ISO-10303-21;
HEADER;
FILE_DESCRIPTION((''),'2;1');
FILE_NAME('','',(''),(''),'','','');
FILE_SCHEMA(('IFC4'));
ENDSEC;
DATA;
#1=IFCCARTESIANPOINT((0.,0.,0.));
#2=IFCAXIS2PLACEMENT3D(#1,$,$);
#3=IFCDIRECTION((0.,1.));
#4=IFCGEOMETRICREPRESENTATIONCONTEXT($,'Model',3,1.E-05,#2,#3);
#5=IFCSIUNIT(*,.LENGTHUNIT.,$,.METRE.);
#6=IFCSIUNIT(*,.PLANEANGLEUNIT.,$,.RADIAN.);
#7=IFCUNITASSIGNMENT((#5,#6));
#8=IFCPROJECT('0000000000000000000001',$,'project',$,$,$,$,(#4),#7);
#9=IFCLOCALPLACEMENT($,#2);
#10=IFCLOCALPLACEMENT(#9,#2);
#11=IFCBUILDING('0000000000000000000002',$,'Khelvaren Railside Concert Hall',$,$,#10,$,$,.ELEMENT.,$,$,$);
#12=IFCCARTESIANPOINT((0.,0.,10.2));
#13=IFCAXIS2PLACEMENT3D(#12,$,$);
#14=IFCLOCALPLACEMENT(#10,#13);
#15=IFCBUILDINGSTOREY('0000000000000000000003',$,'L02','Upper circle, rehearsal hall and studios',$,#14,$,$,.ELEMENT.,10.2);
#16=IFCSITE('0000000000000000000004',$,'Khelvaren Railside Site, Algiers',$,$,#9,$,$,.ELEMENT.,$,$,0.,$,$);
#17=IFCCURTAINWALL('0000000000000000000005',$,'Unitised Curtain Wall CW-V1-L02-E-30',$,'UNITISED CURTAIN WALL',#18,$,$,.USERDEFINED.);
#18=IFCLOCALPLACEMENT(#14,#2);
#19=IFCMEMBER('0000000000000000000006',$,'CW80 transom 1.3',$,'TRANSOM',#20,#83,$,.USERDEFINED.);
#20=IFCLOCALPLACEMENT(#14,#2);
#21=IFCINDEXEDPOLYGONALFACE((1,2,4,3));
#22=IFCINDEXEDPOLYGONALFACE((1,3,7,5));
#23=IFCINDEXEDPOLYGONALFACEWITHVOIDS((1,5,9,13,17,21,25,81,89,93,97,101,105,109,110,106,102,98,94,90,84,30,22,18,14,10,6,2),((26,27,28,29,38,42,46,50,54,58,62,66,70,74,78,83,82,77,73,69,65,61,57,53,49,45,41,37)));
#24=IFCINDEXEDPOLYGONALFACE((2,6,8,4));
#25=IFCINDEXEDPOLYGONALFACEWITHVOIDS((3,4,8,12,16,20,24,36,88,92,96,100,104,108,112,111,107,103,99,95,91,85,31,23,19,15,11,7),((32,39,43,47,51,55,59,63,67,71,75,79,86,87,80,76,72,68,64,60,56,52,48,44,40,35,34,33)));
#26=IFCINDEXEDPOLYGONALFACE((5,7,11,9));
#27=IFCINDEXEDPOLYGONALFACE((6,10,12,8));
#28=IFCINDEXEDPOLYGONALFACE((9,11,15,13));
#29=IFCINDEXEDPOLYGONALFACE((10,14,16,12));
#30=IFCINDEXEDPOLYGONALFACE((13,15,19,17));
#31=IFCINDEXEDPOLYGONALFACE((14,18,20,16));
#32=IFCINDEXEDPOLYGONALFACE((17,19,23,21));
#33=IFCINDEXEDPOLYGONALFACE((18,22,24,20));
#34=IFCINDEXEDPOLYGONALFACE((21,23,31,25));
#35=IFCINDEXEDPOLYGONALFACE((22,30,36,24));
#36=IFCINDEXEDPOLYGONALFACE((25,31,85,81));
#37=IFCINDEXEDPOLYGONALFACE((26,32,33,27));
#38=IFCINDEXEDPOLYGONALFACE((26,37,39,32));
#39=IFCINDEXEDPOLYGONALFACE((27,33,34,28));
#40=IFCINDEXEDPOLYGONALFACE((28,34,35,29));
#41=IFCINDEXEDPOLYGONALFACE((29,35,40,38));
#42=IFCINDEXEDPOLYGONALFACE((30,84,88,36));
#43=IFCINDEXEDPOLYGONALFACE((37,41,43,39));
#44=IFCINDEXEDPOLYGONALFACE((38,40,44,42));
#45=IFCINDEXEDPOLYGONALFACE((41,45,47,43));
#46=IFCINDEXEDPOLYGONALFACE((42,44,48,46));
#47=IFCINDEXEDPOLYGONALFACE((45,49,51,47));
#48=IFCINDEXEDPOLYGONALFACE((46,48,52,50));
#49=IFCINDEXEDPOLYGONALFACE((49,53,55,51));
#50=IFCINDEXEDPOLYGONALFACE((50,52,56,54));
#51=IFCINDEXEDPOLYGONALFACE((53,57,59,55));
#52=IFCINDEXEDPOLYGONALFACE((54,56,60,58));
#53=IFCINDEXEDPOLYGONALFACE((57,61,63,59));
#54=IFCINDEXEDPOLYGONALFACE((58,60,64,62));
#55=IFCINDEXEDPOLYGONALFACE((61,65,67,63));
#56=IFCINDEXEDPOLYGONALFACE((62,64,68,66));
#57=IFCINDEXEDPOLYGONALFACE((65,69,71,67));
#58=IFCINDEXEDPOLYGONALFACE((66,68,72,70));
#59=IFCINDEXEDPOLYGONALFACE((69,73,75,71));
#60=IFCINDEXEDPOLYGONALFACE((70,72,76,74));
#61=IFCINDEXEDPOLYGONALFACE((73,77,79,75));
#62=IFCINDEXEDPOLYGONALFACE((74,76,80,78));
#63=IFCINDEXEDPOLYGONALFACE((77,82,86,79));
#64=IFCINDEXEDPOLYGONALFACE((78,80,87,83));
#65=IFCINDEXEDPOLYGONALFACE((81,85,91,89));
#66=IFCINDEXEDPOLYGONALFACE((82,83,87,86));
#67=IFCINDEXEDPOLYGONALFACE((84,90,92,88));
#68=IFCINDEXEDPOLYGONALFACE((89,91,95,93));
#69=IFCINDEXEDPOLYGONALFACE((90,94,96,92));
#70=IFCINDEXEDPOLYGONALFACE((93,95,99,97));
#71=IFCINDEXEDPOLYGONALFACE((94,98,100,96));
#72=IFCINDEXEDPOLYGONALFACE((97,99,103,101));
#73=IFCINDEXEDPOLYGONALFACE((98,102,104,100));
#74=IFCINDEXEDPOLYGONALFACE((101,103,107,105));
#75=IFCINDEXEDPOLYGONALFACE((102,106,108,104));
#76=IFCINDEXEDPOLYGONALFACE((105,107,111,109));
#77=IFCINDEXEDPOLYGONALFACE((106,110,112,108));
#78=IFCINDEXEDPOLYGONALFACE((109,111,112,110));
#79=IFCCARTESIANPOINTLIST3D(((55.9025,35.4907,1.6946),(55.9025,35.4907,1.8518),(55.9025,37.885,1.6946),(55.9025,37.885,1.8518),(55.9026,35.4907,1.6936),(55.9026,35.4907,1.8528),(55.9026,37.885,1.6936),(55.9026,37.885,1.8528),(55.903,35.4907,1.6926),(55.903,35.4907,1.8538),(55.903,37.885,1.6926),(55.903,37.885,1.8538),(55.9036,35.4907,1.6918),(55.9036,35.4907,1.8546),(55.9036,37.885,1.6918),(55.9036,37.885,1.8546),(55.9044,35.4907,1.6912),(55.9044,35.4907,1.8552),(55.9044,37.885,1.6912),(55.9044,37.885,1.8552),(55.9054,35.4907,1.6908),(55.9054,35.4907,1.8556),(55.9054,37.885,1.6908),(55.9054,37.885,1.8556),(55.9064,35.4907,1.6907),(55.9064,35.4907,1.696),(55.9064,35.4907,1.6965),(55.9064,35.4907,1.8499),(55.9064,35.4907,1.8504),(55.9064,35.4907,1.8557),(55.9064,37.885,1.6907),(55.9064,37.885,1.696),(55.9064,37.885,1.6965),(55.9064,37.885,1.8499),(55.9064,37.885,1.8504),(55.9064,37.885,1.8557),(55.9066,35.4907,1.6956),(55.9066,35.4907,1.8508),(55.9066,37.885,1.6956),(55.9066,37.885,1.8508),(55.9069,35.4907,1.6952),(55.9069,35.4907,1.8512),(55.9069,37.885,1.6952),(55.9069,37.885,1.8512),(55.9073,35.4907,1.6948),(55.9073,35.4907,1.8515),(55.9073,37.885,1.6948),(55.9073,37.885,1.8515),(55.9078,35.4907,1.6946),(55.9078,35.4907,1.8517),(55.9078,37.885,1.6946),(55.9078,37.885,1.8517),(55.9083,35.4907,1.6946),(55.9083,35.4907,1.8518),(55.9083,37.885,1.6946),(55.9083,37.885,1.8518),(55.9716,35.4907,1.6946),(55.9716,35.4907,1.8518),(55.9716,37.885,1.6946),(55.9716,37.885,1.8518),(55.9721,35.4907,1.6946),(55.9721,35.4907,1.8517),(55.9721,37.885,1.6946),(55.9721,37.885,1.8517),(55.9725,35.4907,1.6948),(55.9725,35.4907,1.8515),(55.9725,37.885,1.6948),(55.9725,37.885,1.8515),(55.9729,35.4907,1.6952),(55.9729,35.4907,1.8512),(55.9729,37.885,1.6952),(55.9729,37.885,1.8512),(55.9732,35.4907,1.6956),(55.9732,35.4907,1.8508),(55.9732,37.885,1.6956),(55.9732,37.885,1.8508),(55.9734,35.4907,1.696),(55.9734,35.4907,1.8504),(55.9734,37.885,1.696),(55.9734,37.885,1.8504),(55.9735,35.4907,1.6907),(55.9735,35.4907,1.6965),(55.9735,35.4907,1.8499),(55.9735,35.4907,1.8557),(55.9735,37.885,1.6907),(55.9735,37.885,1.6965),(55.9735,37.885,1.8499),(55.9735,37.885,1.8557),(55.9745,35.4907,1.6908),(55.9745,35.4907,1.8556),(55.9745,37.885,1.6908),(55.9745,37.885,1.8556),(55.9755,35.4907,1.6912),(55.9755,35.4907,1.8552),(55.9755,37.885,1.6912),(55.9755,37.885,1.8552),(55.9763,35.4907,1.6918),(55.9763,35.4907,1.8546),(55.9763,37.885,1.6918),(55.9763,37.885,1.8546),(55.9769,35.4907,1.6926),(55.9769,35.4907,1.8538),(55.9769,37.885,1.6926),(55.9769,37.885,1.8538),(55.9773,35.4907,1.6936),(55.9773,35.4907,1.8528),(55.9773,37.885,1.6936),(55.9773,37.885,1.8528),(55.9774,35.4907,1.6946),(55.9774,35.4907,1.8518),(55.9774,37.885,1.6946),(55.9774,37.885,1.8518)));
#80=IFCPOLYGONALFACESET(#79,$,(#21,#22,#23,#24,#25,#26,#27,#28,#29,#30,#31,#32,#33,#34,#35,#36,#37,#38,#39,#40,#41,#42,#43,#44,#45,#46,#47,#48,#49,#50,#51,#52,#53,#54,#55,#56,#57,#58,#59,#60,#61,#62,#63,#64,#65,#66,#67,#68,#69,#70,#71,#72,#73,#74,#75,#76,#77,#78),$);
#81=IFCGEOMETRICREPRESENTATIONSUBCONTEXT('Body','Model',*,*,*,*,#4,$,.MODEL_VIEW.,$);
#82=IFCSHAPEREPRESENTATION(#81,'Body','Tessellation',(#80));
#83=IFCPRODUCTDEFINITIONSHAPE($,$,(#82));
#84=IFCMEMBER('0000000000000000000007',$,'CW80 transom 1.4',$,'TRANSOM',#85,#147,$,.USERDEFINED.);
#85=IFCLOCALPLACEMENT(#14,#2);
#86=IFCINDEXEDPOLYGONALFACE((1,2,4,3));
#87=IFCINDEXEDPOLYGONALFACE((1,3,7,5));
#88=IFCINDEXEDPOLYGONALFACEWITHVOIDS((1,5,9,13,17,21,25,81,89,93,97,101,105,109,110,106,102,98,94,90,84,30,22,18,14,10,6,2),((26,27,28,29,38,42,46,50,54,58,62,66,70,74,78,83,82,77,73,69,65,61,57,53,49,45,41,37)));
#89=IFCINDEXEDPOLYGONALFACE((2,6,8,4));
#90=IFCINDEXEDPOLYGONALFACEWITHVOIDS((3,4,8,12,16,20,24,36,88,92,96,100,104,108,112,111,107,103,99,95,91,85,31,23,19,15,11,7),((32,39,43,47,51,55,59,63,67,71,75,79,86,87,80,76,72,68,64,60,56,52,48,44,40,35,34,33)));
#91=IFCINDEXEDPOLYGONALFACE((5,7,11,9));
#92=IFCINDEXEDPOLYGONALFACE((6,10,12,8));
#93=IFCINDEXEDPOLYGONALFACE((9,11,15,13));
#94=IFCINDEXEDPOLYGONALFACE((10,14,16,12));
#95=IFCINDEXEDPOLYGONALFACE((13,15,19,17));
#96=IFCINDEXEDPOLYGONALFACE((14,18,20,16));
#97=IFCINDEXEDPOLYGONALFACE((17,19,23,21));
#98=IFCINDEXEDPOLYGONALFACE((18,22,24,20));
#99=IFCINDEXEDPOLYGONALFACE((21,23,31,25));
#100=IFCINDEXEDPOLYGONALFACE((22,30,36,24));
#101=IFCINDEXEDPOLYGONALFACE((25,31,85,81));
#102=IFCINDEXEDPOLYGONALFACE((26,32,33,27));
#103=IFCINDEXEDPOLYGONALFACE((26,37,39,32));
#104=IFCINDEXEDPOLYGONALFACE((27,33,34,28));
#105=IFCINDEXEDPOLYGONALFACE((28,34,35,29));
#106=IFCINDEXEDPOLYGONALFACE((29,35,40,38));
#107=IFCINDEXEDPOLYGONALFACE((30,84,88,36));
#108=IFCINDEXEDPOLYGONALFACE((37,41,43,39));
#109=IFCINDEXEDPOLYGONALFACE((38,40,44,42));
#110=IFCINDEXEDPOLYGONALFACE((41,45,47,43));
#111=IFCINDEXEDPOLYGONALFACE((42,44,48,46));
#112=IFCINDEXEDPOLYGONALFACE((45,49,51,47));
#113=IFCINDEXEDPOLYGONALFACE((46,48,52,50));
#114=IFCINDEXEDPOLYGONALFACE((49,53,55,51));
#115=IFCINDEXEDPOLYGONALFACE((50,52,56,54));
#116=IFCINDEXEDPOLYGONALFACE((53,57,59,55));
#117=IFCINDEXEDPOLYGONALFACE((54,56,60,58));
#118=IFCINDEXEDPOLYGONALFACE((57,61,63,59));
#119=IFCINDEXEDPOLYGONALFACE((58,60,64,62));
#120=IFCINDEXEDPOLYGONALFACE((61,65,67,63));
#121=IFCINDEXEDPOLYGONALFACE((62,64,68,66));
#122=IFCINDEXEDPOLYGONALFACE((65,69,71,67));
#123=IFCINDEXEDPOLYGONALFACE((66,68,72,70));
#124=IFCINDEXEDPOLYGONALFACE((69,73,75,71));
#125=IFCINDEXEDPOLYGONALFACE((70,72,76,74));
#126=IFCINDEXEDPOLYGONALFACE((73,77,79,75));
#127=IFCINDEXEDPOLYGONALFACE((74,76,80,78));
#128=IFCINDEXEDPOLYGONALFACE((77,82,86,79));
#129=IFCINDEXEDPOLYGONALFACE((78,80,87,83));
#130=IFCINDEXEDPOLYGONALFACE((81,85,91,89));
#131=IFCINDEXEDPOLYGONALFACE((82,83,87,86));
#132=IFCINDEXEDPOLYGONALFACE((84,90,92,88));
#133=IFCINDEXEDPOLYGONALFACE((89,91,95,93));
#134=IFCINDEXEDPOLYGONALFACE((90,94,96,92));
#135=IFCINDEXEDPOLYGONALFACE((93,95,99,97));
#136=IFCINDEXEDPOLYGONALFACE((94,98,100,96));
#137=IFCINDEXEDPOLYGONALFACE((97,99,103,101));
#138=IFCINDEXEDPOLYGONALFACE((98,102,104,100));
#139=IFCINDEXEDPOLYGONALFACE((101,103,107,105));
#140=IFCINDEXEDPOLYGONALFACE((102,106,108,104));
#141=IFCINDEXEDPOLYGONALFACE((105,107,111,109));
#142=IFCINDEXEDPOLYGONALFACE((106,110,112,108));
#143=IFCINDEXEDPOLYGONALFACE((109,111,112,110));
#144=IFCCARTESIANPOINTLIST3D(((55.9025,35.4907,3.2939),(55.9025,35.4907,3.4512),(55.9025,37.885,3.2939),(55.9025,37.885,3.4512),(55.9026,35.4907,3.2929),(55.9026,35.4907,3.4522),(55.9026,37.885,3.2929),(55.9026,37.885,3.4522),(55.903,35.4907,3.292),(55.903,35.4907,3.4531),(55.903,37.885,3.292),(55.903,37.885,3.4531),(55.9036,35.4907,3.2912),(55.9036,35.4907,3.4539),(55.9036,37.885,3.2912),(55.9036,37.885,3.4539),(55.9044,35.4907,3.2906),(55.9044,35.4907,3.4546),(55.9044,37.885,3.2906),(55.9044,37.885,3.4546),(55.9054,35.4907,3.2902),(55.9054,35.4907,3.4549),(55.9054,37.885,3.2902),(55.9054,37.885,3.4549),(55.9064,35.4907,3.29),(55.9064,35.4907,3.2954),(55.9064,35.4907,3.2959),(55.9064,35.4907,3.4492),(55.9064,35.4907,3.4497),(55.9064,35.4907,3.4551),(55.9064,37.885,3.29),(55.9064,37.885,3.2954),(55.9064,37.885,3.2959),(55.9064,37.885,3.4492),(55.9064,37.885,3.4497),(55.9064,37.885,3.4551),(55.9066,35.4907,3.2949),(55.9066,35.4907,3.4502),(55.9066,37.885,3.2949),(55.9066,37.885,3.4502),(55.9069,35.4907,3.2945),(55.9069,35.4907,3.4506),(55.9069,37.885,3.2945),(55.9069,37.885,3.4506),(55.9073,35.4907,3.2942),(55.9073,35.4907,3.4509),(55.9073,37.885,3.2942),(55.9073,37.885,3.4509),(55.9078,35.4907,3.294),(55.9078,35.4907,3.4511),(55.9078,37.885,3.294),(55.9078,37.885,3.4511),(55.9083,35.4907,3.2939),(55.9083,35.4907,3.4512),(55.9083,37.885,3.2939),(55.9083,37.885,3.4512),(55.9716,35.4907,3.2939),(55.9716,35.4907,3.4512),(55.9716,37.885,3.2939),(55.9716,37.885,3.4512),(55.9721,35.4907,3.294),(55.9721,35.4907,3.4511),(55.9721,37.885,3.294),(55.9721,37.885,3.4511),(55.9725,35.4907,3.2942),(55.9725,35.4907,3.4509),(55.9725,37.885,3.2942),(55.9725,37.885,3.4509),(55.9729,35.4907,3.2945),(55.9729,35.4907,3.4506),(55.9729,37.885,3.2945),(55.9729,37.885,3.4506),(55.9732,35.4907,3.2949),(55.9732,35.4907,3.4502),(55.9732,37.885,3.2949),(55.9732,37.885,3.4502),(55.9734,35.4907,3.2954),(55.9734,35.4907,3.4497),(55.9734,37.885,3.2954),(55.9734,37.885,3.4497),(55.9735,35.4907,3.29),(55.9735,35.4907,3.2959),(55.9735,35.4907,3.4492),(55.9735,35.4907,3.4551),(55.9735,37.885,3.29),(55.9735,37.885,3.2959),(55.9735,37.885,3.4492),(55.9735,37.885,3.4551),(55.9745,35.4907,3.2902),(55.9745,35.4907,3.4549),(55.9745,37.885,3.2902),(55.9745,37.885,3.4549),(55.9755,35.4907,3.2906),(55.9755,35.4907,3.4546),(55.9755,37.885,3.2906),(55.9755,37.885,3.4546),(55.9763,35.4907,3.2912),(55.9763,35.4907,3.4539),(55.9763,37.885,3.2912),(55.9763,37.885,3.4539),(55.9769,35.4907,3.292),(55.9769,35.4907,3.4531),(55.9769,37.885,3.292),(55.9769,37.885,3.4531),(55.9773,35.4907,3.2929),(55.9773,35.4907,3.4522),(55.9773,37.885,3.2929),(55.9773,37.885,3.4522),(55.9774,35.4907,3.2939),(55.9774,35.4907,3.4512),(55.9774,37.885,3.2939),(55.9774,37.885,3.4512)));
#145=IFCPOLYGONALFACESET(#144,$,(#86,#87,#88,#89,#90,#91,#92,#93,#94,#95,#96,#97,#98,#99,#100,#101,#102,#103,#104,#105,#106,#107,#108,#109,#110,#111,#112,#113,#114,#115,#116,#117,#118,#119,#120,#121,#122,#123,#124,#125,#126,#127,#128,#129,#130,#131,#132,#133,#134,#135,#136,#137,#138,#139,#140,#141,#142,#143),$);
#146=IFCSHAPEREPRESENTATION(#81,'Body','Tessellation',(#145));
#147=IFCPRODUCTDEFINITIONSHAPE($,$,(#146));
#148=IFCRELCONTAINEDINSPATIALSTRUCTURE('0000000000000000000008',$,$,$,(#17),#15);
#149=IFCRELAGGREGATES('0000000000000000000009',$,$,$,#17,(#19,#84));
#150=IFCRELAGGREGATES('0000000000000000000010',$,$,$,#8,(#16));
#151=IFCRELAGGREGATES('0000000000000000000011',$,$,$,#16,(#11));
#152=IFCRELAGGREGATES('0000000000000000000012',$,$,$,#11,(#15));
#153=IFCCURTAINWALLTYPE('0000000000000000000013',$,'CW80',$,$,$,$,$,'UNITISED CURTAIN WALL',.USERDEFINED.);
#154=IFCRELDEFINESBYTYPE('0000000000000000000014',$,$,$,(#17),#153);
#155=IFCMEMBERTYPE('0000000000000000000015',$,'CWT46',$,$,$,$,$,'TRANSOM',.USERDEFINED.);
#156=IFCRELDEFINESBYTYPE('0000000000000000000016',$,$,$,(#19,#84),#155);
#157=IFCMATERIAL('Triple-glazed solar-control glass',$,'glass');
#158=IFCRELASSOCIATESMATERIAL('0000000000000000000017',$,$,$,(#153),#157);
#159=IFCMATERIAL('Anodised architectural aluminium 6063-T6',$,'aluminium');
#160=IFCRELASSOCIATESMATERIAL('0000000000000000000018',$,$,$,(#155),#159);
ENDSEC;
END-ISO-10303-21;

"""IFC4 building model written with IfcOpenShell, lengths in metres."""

from ifc_helpers import new_model, si_unit, direction, frame, origin, origin_2d, place, context, subcontext, project, spatial, hollow_rectangle, extrude, material, material_profile, profile_set, type_object, element, aggregate, save


model = new_model("IFC4")

# Units and contexts
model_context = context("Model", 3, precision=1e-05, world=origin(), true_north=direction((0.0, 1.0)))
body_context = subcontext(model_context, "Body", "Model", "MODEL_VIEW")
ifc_project = project(units=[si_unit("LENGTHUNIT", "METRE"), si_unit("PLANEANGLEUNIT", "RADIAN")], contexts=[model_context])

# Site, building, storey
site_placement = place(None, origin())
site = spatial("IfcSite", under=ifc_project, at=site_placement, Name="Khelvaren Railside Site, Algiers", CompositionType="ELEMENT", RefElevation=0.0)
building_placement = place(site_placement, origin())
building = spatial("IfcBuilding", under=site, at=building_placement, Name="Khelvaren Railside Concert Hall", CompositionType="ELEMENT")
storey_placement = place(building_placement, frame((0.0, 0.0, 10.2)))
storey = spatial("IfcBuildingStorey", under=building, at=storey_placement, Name="L02", Description="Upper circle, rehearsal hall and studios", CompositionType="ELEMENT", Elevation=10.2)

# Curtain wall, members
ifc_material_1 = material(Name="Triple-glazed solar-control glass", Category="glass")
curtain_wall_type = type_object("IfcCurtainWallType", Name="CW80", ElementType="UNITISED CURTAIN WALL", PredefinedType="USERDEFINED", material=ifc_material_1)
curtain_wall_placement = place(storey_placement, origin())
curtain_wall = element("IfcCurtainWall", 1, at=curtain_wall_placement, inside=storey, type_object=curtain_wall_type, Name="Unitised Curtain Wall CW-V1-L02-E-30", ObjectType="UNITISED CURTAIN WALL", PredefinedType="USERDEFINED")
ifc_material_2 = material(Name="Anodised architectural aluminium 6063-T6", Category="aluminium")
ifc_material_profile_1 = material_profile(ifc_material_2, hollow_rectangle(XDim=0.075, YDim=0.165, WallThickness=0.0039, InnerFilletRadius=0.002, OuterFilletRadius=0.0039, at=origin_2d()), Name="CWT 75x165x4")
ifc_profile_set_1 = profile_set([ifc_material_profile_1], Name="Anodised architectural aluminium 6063-T6")
member_type_1 = type_object("IfcMemberType", Name="CWT46", ElementType="TRANSOM", PredefinedType="USERDEFINED", material=ifc_profile_set_1)
member_1_placement = place(storey_placement, frame((55.9399, 37.885, 1.7732), z_axis=(0.0, -1.0, 0.0), x_axis=(1.0, 0.0, 0.0)))
member_1 = element("IfcMember", 2, at=member_1_placement, type_object=member_type_1, Name="CW80 transom 1.3", ObjectType="TRANSOM", PredefinedType="USERDEFINED", context=body_context, shape_type="SweptSolid", body=[
    extrude(hollow_rectangle(XDim=0.075, YDim=0.165, WallThickness=0.0039, InnerFilletRadius=0.002, OuterFilletRadius=0.0039, at=origin_2d()), origin(), (0.0, 0.0, 1.0), 2.3943),
])
member_2_placement = place(storey_placement, frame((55.9399, 37.885, 3.3726), z_axis=(0.0, -1.0, 0.0), x_axis=(1.0, 0.0, 0.0)))
member_2 = element("IfcMember", 3, at=member_2_placement, type_object=member_type_1, Name="CW80 transom 1.4", ObjectType="TRANSOM", PredefinedType="USERDEFINED", context=body_context, shape_type="SweptSolid", body=[
    extrude(hollow_rectangle(XDim=0.075, YDim=0.165, WallThickness=0.0039, InnerFilletRadius=0.002, OuterFilletRadius=0.0039, at=origin_2d()), origin(), (0.0, 0.0, 1.0), 2.3943),
])

aggregate(curtain_wall, [member_1, member_2])

save(model, "model.ifc")
